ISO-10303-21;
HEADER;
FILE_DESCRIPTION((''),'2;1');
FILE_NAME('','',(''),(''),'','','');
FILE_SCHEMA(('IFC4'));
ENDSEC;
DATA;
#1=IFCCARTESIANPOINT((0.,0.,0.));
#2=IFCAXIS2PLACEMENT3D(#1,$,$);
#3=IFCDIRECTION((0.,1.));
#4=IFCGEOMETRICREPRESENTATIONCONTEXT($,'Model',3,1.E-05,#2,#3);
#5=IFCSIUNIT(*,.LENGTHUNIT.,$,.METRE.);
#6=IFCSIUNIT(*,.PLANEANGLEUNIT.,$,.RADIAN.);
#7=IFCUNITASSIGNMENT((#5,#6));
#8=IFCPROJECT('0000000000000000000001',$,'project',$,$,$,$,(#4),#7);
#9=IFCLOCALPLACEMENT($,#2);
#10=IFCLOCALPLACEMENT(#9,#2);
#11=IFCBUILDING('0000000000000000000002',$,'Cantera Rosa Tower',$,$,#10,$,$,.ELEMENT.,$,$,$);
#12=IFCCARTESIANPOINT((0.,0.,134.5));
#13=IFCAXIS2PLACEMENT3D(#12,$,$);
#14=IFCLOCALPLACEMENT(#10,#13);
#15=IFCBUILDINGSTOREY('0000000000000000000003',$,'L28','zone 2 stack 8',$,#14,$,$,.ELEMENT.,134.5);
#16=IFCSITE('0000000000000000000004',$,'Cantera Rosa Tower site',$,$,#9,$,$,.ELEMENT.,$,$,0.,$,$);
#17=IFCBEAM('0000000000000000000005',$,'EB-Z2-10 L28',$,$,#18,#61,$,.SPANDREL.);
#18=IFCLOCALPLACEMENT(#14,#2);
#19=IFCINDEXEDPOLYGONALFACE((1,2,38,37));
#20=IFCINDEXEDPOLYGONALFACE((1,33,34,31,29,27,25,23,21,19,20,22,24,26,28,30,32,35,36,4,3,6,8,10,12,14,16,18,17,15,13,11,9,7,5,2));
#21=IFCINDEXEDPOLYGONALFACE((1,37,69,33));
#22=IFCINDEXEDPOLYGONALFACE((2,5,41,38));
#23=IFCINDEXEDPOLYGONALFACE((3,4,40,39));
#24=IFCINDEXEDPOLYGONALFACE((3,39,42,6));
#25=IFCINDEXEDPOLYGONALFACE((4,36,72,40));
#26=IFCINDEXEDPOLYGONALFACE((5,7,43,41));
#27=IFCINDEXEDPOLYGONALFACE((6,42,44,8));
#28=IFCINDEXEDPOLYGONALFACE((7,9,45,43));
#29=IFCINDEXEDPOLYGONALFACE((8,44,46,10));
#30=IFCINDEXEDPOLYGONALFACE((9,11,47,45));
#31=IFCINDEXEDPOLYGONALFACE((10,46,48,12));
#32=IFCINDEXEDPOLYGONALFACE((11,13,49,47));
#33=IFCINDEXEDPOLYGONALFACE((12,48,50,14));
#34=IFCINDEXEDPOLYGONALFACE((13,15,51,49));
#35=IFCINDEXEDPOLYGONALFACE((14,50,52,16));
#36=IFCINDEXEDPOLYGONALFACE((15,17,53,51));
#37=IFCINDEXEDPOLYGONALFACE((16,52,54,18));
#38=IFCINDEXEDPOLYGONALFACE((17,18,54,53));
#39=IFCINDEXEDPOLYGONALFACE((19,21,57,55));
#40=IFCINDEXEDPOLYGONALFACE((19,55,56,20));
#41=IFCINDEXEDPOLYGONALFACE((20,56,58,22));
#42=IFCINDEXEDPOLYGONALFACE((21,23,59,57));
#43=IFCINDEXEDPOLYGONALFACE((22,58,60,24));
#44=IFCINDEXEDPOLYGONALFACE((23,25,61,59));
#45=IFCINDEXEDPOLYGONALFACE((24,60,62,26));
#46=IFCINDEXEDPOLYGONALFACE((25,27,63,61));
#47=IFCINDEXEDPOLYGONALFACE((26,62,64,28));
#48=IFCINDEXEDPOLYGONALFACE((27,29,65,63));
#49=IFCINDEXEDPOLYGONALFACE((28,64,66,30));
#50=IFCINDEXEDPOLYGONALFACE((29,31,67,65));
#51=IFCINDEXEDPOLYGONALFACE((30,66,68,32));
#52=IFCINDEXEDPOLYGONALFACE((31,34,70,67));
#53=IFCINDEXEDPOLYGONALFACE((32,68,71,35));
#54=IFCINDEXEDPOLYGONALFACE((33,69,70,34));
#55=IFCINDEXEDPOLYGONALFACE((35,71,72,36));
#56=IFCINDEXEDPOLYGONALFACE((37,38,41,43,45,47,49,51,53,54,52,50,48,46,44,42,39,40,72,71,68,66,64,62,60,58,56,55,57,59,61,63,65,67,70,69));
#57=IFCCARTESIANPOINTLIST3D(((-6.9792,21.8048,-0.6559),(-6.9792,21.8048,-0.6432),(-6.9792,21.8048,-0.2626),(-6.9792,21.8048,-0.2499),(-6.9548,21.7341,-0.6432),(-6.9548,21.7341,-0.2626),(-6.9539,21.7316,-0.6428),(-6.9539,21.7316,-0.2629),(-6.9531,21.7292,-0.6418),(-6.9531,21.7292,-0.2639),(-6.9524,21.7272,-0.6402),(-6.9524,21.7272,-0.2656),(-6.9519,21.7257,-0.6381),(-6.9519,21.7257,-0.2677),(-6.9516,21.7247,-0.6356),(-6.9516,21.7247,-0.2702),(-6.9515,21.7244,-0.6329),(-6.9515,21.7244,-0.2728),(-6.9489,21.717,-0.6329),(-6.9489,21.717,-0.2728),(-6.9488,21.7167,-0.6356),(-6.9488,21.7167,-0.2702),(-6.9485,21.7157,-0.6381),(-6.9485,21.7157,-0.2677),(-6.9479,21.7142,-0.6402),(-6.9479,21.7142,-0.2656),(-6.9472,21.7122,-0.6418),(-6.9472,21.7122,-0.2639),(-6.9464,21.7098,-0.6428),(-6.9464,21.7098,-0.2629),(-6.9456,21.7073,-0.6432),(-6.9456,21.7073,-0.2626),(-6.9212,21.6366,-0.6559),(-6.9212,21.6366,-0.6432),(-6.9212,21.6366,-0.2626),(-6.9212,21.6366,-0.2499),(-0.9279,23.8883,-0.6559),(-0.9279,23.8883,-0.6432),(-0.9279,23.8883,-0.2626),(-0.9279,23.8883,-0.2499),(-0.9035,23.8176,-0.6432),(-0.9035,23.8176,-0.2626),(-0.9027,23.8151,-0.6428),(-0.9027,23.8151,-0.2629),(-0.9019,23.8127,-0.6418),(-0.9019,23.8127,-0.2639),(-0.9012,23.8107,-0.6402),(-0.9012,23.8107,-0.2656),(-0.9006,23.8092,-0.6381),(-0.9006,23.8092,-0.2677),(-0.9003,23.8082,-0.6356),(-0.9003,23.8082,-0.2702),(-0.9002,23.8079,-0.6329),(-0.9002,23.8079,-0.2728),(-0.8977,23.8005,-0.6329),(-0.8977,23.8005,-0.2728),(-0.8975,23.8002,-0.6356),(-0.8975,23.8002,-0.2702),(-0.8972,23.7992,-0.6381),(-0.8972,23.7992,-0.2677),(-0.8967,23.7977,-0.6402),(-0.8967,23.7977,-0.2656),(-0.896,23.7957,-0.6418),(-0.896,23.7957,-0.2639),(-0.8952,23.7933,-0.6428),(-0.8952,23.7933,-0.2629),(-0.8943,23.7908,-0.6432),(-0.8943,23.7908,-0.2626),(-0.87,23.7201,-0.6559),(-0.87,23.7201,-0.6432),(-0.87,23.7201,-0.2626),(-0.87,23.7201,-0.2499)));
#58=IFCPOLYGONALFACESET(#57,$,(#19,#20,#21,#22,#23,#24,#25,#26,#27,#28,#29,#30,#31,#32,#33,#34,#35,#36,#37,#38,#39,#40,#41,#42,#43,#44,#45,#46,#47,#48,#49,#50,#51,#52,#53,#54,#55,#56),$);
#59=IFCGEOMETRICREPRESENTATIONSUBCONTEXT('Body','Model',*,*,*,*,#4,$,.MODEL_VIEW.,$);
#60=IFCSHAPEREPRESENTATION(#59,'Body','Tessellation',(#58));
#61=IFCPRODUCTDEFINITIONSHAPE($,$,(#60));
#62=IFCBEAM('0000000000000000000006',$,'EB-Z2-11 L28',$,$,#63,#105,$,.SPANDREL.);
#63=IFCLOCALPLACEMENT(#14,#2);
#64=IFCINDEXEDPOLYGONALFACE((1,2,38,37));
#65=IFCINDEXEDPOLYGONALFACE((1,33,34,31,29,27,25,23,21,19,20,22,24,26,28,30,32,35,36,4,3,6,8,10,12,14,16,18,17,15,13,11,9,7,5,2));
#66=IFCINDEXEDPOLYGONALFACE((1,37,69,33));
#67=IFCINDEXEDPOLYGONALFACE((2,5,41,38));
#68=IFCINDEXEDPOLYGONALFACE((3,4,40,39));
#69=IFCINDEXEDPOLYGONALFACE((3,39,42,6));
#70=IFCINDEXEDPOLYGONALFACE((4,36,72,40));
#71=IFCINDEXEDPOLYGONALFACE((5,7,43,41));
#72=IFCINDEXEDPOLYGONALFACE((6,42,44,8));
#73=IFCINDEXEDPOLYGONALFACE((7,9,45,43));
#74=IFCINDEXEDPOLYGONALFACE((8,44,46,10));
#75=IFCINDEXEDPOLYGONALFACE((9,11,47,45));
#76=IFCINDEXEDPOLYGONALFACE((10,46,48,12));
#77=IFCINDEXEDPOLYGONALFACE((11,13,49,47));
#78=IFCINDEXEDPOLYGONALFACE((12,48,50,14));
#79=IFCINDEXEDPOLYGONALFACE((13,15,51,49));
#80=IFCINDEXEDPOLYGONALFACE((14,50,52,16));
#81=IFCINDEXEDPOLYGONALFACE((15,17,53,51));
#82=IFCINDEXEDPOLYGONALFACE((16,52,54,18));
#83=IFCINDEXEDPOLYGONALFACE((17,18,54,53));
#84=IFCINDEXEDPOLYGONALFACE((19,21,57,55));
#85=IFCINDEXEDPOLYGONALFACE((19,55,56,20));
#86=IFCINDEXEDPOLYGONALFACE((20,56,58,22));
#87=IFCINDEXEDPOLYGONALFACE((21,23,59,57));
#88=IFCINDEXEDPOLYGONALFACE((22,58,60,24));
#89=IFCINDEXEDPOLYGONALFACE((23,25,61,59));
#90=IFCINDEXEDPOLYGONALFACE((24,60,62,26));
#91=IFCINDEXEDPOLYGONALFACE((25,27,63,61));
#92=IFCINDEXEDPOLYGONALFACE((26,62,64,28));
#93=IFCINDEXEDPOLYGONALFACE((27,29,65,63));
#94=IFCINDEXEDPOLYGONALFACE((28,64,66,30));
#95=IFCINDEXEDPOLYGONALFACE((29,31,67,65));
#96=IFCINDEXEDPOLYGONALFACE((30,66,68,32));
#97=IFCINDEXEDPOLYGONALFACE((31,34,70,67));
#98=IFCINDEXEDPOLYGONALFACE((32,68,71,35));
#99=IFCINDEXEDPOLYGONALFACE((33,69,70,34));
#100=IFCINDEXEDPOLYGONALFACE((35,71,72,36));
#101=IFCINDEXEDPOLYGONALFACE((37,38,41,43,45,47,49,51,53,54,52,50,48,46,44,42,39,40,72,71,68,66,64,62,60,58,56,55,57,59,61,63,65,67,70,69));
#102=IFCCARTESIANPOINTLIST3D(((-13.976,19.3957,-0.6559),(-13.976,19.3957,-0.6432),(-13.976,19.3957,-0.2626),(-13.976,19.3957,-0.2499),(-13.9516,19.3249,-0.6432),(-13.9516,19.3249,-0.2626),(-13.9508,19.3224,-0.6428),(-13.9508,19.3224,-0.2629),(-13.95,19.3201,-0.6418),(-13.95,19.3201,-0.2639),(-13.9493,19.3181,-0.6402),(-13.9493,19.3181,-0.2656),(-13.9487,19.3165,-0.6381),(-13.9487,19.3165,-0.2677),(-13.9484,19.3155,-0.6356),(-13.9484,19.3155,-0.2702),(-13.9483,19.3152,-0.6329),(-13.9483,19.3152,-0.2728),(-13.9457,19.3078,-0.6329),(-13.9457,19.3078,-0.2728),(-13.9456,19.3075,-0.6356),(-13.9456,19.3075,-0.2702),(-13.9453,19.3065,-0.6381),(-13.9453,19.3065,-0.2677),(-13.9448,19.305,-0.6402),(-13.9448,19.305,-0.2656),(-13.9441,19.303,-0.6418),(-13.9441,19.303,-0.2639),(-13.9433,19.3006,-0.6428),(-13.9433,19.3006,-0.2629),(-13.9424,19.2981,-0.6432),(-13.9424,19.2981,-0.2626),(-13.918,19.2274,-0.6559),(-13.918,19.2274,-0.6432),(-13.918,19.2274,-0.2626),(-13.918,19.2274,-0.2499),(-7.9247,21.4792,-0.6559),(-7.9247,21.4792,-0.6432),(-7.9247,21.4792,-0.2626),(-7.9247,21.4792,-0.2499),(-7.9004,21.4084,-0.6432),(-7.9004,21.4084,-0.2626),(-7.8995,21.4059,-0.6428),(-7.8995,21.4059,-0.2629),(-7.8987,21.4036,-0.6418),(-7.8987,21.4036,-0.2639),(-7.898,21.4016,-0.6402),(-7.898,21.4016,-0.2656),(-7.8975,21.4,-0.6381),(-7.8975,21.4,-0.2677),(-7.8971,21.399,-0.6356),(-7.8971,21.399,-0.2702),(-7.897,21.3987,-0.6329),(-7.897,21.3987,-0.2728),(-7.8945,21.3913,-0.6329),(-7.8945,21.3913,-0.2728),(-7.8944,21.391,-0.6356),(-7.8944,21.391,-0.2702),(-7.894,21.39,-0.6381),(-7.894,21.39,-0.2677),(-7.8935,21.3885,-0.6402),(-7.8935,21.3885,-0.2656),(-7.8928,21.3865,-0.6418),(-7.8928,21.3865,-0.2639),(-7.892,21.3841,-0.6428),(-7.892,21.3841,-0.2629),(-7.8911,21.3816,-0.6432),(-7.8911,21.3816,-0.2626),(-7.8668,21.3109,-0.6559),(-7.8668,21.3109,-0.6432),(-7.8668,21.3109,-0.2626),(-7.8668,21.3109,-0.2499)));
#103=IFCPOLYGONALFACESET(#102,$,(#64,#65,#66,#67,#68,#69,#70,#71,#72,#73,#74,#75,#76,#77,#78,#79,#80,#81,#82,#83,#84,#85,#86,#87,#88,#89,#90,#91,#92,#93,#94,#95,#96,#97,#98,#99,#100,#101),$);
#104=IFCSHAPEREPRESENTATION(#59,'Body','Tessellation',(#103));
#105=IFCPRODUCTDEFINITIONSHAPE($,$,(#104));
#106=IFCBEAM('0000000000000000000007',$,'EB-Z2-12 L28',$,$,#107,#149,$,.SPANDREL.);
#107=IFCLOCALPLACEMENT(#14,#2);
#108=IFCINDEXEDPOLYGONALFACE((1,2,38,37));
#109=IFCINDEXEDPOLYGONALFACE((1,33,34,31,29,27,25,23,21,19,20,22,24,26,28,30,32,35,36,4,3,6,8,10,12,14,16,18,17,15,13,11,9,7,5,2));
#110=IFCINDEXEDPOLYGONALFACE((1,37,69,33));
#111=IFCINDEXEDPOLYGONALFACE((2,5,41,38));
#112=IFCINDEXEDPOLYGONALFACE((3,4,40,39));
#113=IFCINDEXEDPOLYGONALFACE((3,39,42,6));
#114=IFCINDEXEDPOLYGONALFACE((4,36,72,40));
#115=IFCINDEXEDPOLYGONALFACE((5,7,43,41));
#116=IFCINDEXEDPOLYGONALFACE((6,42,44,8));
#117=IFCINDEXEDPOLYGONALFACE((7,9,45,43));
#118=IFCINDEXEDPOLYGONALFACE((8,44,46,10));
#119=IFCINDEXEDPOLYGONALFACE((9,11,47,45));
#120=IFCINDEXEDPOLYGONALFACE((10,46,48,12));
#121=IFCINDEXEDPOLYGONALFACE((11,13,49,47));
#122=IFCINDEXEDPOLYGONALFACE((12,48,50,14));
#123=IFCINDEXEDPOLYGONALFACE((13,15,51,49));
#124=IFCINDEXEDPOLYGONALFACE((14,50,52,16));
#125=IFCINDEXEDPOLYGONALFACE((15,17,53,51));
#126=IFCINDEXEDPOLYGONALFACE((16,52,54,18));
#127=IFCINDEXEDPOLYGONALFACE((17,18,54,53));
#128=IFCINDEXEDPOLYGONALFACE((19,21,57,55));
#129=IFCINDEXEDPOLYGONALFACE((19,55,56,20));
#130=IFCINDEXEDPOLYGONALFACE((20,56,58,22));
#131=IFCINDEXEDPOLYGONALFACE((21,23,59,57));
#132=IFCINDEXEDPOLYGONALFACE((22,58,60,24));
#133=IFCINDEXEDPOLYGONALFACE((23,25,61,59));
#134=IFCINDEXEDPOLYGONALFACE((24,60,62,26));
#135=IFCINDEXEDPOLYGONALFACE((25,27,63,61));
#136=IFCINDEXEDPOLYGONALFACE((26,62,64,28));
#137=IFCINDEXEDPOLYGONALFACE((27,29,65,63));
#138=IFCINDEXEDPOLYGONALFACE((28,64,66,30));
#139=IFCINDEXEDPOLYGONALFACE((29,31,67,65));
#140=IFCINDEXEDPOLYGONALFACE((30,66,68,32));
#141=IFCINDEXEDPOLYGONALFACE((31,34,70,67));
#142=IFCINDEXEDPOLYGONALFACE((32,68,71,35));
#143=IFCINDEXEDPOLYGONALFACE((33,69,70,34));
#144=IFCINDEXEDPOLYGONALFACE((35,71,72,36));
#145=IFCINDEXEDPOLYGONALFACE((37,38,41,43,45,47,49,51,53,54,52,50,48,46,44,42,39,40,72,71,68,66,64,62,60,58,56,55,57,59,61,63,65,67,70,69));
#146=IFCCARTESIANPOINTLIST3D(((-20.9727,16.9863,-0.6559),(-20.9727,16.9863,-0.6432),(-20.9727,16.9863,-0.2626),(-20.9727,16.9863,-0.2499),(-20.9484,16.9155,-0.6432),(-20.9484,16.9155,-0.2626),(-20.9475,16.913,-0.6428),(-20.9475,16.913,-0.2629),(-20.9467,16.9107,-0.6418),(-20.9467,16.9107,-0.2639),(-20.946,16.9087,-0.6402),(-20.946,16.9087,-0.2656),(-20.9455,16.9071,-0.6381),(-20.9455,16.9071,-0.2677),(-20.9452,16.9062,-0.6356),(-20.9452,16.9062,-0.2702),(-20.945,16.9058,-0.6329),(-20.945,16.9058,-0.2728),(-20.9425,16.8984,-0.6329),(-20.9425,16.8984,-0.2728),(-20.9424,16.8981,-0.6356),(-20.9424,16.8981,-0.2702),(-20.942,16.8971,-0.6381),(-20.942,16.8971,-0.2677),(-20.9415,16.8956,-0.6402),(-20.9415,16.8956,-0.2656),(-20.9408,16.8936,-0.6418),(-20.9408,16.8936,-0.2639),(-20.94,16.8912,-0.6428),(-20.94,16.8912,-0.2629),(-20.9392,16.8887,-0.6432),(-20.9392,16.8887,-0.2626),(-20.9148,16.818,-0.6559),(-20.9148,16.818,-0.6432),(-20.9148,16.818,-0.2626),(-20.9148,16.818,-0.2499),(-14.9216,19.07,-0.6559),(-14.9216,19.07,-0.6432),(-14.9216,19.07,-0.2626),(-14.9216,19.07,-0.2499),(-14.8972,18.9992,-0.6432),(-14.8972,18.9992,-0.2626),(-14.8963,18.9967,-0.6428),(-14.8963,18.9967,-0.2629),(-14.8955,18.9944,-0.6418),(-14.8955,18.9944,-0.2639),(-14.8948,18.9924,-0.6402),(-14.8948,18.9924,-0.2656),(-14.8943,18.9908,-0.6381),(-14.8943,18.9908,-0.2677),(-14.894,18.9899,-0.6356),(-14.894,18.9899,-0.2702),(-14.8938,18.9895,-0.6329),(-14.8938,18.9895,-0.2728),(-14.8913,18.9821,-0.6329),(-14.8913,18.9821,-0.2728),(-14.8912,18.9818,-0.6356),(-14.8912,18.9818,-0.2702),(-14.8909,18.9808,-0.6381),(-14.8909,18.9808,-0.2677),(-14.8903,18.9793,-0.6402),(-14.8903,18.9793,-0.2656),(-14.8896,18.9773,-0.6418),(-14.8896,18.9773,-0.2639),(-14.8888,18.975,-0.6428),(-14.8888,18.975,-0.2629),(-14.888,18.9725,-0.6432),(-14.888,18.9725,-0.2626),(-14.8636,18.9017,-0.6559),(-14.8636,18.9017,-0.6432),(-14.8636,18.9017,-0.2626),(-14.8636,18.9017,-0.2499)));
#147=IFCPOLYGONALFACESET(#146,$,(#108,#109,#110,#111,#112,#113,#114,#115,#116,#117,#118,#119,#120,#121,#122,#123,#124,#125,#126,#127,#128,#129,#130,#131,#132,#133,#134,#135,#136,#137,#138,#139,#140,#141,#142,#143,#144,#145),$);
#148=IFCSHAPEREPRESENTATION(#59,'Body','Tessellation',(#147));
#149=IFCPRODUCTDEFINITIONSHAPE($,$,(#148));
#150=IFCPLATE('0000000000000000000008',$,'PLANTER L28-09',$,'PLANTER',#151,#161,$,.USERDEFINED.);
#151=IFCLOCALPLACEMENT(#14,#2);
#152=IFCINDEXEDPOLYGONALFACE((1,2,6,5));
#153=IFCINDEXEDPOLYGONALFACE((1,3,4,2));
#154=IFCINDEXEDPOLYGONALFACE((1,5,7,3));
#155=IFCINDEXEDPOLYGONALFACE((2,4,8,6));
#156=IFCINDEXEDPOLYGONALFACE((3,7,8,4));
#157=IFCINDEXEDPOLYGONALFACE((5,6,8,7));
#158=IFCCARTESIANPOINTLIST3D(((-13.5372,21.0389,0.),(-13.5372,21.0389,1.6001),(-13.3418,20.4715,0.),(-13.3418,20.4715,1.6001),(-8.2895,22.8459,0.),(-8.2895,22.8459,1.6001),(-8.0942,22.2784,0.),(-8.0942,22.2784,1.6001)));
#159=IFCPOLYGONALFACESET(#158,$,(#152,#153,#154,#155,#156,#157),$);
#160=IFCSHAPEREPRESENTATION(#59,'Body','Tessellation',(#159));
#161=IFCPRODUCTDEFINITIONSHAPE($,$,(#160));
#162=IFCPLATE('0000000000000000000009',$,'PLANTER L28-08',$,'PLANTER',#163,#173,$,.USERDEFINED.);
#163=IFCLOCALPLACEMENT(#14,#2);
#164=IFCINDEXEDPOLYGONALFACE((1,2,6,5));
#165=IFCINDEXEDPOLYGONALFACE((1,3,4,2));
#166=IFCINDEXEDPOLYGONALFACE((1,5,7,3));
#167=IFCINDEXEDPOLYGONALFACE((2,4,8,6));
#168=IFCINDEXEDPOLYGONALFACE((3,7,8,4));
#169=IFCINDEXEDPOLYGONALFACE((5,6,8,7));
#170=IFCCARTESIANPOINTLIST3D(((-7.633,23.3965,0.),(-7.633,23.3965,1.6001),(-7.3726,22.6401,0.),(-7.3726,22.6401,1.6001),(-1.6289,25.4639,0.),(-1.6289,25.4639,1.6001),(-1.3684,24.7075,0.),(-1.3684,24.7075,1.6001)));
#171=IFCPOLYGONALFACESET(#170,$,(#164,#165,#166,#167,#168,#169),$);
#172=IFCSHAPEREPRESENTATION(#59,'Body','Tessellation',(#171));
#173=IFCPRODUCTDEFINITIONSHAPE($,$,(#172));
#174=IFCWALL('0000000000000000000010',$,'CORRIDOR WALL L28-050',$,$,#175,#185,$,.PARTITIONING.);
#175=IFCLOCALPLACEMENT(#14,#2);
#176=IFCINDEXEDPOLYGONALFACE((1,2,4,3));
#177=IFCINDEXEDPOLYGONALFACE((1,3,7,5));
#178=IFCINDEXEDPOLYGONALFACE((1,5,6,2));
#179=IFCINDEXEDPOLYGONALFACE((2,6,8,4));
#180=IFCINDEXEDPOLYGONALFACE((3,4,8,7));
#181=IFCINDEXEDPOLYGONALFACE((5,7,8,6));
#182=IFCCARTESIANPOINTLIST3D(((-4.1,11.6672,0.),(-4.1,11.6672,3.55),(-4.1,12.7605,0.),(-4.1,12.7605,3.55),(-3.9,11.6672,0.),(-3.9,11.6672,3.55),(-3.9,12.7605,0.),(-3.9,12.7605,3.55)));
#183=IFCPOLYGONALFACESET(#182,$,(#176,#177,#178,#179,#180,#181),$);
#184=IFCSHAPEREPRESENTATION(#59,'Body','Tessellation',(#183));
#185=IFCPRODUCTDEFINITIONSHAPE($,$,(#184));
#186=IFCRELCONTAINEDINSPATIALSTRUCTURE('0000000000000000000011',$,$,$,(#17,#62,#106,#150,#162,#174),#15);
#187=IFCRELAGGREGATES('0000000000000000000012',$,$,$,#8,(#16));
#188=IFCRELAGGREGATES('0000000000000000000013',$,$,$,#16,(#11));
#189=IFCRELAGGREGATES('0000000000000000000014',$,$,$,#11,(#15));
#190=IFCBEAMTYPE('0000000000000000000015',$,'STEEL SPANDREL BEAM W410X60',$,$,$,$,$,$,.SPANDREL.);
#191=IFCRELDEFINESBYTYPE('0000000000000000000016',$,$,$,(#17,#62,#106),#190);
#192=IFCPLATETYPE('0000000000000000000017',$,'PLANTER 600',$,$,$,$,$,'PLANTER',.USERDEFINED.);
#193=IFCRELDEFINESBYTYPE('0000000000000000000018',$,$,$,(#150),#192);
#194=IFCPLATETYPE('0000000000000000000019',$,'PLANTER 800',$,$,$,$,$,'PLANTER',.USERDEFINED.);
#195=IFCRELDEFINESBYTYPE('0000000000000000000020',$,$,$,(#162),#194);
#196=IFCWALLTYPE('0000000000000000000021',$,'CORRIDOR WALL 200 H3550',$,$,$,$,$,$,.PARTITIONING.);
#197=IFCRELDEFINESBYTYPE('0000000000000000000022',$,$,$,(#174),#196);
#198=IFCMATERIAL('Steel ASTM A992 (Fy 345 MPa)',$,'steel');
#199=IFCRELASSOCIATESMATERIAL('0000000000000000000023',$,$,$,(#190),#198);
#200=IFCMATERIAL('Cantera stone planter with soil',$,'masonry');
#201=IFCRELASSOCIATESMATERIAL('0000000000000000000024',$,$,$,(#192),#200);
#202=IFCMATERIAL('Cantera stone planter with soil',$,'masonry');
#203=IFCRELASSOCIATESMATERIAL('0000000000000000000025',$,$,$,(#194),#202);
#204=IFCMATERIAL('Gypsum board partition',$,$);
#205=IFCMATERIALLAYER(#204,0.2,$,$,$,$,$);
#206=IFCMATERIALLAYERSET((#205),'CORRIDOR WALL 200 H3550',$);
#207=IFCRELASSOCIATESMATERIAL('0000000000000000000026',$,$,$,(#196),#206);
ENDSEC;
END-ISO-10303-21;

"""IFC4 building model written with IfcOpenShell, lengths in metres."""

from ifc_helpers import new_model, si_unit, direction, frame, frame_2d, origin, origin_2d, place, context, subcontext, project, spatial, rectangle, i_section, extrude, material, layer, layer_set, material_profile, profile_set, type_object, element, save


model = new_model("IFC4")

# Units and contexts
model_context = context("Model", 3, precision=1e-05, world=origin(), true_north=direction((0.0, 1.0)))
body_context = subcontext(model_context, "Body", "Model", "MODEL_VIEW")
ifc_project = project(units=[si_unit("LENGTHUNIT", "METRE"), si_unit("PLANEANGLEUNIT", "RADIAN")], contexts=[model_context])

# Site, building, storey
site_placement = place(None, origin())
site = spatial("IfcSite", under=ifc_project, at=site_placement, Name="Cantera Rosa Tower site", CompositionType="ELEMENT", RefElevation=0.0)
building_placement = place(site_placement, origin())
building = spatial("IfcBuilding", under=site, at=building_placement, Name="Cantera Rosa Tower", CompositionType="ELEMENT")
storey_placement = place(building_placement, frame((0.0, 0.0, 134.5)))
storey = spatial("IfcBuildingStorey", under=building, at=storey_placement, Name="L28", Description="zone 2 stack 8", CompositionType="ELEMENT", Elevation=134.5)

# Beams
ifc_material_1 = material(Name="Steel ASTM A992 (Fy 345 MPa)", Category="steel")
ifc_material_profile_1 = material_profile(ifc_material_1, i_section(OverallWidth=0.178, OverallDepth=0.406, WebThickness=0.0078, FlangeThickness=0.0127, FilletRadius=0.0103, at=origin_2d()), Name="W410X60")
ifc_profile_set_1 = profile_set([ifc_material_profile_1], Name="Steel ASTM A992 (Fy 345 MPa)")
beam_type_1 = type_object("IfcBeamType", Name="STEEL SPANDREL BEAM W410X60", PredefinedType="SPANDREL", material=ifc_profile_set_1)
for number, where, z_axis, x_axis, name in (
    (1, (-0.8989, 23.8042, -0.4529), (-0.945524, -0.325551, 0.0), (0.325551, -0.945524, 0.0), "EB-Z2-10 L28"),
    (2, (-7.8958, 21.395, -0.4529), (-0.945524, -0.325551, 0.0), (0.325551, -0.945524, 0.0), "EB-Z2-11 L28"),
    (3, (-14.8926, 18.9858, -0.4529), (-0.945513, -0.325585, 0.0), (0.325585, -0.945513, 0.0), "EB-Z2-12 L28"),
):
    element("IfcBeam", number, at=place(storey_placement, frame(where, z_axis=z_axis, x_axis=x_axis)), inside=storey, type_object=beam_type_1, Name=name, PredefinedType="SPANDREL", context=body_context, shape_type="SweptSolid", body=[
        extrude(i_section(OverallWidth=0.178, OverallDepth=0.406, WebThickness=0.0078, FlangeThickness=0.0127, FilletRadius=0.0103, at=origin_2d()), origin(), (0.0, 0.0, 1.0), 6.3999),
    ])

# Plates
ifc_material_2 = material(Name="Cantera stone planter with soil", Category="masonry")
plate_type_1 = type_object("IfcPlateType", Name="PLANTER 600", ElementType="PLANTER", PredefinedType="USERDEFINED", material=ifc_material_2)
plate_1_placement = place(storey_placement, frame((-10.8157, 21.6587, 0.0), z_axis=(0.0, 0.0, 1.0), x_axis=(-0.945519, -0.325568, 0.0)))
element("IfcPlate", 4, at=plate_1_placement, inside=storey, type_object=plate_type_1, Name="PLANTER L28-09", ObjectType="PLANTER", PredefinedType="USERDEFINED", context=body_context, shape_type="SweptSolid", body=[
    extrude(rectangle(XDim=5.55, YDim=0.6001, at=origin_2d()), origin(), (0.0, 0.0, 1.0), 1.6001),
])
ifc_material_3 = material(Name="Cantera stone planter with soil", Category="masonry")
plate_type_2 = type_object("IfcPlateType", Name="PLANTER 800", ElementType="PLANTER", PredefinedType="USERDEFINED", material=ifc_material_3)
plate_2_placement = place(storey_placement, frame((-4.5007, 24.052, 0.0), z_axis=(0.0, 0.0, 1.0), x_axis=(-0.945519, -0.325568, 0.0)))
element("IfcPlate", 5, at=plate_2_placement, inside=storey, type_object=plate_type_2, Name="PLANTER L28-08", ObjectType="PLANTER", PredefinedType="USERDEFINED", context=body_context, shape_type="SweptSolid", body=[
    extrude(rectangle(XDim=6.3501, YDim=0.8, at=origin_2d()), origin(), (0.0, 0.0, 1.0), 1.6001),
])

# Wall
ifc_material_4 = material(Name="Gypsum board partition")
ifc_layer_1 = layer(ifc_material_4, 0.2)
ifc_layer_set_1 = layer_set([ifc_layer_1], Name="CORRIDOR WALL 200 H3550")
wall_type_1 = type_object("IfcWallType", Name="CORRIDOR WALL 200 H3550", PredefinedType="PARTITIONING", material=ifc_layer_set_1)
wall_1_placement = place(storey_placement, frame((-4.0, 12.7605, 0.0), z_axis=(0.0, 0.0, 1.0), x_axis=(0.0, -1.0, 0.0)))
element("IfcWall", 6, at=wall_1_placement, inside=storey, type_object=wall_type_1, Name="CORRIDOR WALL L28-050", PredefinedType="PARTITIONING", context=body_context, shape_type="SweptSolid", body=[
    extrude(rectangle(XDim=1.0933, YDim=0.2, at=frame_2d((0.5466, 0.0))), origin(), (0.0, 0.0, 1.0), 3.55),
])

save(model, "model.ifc")
